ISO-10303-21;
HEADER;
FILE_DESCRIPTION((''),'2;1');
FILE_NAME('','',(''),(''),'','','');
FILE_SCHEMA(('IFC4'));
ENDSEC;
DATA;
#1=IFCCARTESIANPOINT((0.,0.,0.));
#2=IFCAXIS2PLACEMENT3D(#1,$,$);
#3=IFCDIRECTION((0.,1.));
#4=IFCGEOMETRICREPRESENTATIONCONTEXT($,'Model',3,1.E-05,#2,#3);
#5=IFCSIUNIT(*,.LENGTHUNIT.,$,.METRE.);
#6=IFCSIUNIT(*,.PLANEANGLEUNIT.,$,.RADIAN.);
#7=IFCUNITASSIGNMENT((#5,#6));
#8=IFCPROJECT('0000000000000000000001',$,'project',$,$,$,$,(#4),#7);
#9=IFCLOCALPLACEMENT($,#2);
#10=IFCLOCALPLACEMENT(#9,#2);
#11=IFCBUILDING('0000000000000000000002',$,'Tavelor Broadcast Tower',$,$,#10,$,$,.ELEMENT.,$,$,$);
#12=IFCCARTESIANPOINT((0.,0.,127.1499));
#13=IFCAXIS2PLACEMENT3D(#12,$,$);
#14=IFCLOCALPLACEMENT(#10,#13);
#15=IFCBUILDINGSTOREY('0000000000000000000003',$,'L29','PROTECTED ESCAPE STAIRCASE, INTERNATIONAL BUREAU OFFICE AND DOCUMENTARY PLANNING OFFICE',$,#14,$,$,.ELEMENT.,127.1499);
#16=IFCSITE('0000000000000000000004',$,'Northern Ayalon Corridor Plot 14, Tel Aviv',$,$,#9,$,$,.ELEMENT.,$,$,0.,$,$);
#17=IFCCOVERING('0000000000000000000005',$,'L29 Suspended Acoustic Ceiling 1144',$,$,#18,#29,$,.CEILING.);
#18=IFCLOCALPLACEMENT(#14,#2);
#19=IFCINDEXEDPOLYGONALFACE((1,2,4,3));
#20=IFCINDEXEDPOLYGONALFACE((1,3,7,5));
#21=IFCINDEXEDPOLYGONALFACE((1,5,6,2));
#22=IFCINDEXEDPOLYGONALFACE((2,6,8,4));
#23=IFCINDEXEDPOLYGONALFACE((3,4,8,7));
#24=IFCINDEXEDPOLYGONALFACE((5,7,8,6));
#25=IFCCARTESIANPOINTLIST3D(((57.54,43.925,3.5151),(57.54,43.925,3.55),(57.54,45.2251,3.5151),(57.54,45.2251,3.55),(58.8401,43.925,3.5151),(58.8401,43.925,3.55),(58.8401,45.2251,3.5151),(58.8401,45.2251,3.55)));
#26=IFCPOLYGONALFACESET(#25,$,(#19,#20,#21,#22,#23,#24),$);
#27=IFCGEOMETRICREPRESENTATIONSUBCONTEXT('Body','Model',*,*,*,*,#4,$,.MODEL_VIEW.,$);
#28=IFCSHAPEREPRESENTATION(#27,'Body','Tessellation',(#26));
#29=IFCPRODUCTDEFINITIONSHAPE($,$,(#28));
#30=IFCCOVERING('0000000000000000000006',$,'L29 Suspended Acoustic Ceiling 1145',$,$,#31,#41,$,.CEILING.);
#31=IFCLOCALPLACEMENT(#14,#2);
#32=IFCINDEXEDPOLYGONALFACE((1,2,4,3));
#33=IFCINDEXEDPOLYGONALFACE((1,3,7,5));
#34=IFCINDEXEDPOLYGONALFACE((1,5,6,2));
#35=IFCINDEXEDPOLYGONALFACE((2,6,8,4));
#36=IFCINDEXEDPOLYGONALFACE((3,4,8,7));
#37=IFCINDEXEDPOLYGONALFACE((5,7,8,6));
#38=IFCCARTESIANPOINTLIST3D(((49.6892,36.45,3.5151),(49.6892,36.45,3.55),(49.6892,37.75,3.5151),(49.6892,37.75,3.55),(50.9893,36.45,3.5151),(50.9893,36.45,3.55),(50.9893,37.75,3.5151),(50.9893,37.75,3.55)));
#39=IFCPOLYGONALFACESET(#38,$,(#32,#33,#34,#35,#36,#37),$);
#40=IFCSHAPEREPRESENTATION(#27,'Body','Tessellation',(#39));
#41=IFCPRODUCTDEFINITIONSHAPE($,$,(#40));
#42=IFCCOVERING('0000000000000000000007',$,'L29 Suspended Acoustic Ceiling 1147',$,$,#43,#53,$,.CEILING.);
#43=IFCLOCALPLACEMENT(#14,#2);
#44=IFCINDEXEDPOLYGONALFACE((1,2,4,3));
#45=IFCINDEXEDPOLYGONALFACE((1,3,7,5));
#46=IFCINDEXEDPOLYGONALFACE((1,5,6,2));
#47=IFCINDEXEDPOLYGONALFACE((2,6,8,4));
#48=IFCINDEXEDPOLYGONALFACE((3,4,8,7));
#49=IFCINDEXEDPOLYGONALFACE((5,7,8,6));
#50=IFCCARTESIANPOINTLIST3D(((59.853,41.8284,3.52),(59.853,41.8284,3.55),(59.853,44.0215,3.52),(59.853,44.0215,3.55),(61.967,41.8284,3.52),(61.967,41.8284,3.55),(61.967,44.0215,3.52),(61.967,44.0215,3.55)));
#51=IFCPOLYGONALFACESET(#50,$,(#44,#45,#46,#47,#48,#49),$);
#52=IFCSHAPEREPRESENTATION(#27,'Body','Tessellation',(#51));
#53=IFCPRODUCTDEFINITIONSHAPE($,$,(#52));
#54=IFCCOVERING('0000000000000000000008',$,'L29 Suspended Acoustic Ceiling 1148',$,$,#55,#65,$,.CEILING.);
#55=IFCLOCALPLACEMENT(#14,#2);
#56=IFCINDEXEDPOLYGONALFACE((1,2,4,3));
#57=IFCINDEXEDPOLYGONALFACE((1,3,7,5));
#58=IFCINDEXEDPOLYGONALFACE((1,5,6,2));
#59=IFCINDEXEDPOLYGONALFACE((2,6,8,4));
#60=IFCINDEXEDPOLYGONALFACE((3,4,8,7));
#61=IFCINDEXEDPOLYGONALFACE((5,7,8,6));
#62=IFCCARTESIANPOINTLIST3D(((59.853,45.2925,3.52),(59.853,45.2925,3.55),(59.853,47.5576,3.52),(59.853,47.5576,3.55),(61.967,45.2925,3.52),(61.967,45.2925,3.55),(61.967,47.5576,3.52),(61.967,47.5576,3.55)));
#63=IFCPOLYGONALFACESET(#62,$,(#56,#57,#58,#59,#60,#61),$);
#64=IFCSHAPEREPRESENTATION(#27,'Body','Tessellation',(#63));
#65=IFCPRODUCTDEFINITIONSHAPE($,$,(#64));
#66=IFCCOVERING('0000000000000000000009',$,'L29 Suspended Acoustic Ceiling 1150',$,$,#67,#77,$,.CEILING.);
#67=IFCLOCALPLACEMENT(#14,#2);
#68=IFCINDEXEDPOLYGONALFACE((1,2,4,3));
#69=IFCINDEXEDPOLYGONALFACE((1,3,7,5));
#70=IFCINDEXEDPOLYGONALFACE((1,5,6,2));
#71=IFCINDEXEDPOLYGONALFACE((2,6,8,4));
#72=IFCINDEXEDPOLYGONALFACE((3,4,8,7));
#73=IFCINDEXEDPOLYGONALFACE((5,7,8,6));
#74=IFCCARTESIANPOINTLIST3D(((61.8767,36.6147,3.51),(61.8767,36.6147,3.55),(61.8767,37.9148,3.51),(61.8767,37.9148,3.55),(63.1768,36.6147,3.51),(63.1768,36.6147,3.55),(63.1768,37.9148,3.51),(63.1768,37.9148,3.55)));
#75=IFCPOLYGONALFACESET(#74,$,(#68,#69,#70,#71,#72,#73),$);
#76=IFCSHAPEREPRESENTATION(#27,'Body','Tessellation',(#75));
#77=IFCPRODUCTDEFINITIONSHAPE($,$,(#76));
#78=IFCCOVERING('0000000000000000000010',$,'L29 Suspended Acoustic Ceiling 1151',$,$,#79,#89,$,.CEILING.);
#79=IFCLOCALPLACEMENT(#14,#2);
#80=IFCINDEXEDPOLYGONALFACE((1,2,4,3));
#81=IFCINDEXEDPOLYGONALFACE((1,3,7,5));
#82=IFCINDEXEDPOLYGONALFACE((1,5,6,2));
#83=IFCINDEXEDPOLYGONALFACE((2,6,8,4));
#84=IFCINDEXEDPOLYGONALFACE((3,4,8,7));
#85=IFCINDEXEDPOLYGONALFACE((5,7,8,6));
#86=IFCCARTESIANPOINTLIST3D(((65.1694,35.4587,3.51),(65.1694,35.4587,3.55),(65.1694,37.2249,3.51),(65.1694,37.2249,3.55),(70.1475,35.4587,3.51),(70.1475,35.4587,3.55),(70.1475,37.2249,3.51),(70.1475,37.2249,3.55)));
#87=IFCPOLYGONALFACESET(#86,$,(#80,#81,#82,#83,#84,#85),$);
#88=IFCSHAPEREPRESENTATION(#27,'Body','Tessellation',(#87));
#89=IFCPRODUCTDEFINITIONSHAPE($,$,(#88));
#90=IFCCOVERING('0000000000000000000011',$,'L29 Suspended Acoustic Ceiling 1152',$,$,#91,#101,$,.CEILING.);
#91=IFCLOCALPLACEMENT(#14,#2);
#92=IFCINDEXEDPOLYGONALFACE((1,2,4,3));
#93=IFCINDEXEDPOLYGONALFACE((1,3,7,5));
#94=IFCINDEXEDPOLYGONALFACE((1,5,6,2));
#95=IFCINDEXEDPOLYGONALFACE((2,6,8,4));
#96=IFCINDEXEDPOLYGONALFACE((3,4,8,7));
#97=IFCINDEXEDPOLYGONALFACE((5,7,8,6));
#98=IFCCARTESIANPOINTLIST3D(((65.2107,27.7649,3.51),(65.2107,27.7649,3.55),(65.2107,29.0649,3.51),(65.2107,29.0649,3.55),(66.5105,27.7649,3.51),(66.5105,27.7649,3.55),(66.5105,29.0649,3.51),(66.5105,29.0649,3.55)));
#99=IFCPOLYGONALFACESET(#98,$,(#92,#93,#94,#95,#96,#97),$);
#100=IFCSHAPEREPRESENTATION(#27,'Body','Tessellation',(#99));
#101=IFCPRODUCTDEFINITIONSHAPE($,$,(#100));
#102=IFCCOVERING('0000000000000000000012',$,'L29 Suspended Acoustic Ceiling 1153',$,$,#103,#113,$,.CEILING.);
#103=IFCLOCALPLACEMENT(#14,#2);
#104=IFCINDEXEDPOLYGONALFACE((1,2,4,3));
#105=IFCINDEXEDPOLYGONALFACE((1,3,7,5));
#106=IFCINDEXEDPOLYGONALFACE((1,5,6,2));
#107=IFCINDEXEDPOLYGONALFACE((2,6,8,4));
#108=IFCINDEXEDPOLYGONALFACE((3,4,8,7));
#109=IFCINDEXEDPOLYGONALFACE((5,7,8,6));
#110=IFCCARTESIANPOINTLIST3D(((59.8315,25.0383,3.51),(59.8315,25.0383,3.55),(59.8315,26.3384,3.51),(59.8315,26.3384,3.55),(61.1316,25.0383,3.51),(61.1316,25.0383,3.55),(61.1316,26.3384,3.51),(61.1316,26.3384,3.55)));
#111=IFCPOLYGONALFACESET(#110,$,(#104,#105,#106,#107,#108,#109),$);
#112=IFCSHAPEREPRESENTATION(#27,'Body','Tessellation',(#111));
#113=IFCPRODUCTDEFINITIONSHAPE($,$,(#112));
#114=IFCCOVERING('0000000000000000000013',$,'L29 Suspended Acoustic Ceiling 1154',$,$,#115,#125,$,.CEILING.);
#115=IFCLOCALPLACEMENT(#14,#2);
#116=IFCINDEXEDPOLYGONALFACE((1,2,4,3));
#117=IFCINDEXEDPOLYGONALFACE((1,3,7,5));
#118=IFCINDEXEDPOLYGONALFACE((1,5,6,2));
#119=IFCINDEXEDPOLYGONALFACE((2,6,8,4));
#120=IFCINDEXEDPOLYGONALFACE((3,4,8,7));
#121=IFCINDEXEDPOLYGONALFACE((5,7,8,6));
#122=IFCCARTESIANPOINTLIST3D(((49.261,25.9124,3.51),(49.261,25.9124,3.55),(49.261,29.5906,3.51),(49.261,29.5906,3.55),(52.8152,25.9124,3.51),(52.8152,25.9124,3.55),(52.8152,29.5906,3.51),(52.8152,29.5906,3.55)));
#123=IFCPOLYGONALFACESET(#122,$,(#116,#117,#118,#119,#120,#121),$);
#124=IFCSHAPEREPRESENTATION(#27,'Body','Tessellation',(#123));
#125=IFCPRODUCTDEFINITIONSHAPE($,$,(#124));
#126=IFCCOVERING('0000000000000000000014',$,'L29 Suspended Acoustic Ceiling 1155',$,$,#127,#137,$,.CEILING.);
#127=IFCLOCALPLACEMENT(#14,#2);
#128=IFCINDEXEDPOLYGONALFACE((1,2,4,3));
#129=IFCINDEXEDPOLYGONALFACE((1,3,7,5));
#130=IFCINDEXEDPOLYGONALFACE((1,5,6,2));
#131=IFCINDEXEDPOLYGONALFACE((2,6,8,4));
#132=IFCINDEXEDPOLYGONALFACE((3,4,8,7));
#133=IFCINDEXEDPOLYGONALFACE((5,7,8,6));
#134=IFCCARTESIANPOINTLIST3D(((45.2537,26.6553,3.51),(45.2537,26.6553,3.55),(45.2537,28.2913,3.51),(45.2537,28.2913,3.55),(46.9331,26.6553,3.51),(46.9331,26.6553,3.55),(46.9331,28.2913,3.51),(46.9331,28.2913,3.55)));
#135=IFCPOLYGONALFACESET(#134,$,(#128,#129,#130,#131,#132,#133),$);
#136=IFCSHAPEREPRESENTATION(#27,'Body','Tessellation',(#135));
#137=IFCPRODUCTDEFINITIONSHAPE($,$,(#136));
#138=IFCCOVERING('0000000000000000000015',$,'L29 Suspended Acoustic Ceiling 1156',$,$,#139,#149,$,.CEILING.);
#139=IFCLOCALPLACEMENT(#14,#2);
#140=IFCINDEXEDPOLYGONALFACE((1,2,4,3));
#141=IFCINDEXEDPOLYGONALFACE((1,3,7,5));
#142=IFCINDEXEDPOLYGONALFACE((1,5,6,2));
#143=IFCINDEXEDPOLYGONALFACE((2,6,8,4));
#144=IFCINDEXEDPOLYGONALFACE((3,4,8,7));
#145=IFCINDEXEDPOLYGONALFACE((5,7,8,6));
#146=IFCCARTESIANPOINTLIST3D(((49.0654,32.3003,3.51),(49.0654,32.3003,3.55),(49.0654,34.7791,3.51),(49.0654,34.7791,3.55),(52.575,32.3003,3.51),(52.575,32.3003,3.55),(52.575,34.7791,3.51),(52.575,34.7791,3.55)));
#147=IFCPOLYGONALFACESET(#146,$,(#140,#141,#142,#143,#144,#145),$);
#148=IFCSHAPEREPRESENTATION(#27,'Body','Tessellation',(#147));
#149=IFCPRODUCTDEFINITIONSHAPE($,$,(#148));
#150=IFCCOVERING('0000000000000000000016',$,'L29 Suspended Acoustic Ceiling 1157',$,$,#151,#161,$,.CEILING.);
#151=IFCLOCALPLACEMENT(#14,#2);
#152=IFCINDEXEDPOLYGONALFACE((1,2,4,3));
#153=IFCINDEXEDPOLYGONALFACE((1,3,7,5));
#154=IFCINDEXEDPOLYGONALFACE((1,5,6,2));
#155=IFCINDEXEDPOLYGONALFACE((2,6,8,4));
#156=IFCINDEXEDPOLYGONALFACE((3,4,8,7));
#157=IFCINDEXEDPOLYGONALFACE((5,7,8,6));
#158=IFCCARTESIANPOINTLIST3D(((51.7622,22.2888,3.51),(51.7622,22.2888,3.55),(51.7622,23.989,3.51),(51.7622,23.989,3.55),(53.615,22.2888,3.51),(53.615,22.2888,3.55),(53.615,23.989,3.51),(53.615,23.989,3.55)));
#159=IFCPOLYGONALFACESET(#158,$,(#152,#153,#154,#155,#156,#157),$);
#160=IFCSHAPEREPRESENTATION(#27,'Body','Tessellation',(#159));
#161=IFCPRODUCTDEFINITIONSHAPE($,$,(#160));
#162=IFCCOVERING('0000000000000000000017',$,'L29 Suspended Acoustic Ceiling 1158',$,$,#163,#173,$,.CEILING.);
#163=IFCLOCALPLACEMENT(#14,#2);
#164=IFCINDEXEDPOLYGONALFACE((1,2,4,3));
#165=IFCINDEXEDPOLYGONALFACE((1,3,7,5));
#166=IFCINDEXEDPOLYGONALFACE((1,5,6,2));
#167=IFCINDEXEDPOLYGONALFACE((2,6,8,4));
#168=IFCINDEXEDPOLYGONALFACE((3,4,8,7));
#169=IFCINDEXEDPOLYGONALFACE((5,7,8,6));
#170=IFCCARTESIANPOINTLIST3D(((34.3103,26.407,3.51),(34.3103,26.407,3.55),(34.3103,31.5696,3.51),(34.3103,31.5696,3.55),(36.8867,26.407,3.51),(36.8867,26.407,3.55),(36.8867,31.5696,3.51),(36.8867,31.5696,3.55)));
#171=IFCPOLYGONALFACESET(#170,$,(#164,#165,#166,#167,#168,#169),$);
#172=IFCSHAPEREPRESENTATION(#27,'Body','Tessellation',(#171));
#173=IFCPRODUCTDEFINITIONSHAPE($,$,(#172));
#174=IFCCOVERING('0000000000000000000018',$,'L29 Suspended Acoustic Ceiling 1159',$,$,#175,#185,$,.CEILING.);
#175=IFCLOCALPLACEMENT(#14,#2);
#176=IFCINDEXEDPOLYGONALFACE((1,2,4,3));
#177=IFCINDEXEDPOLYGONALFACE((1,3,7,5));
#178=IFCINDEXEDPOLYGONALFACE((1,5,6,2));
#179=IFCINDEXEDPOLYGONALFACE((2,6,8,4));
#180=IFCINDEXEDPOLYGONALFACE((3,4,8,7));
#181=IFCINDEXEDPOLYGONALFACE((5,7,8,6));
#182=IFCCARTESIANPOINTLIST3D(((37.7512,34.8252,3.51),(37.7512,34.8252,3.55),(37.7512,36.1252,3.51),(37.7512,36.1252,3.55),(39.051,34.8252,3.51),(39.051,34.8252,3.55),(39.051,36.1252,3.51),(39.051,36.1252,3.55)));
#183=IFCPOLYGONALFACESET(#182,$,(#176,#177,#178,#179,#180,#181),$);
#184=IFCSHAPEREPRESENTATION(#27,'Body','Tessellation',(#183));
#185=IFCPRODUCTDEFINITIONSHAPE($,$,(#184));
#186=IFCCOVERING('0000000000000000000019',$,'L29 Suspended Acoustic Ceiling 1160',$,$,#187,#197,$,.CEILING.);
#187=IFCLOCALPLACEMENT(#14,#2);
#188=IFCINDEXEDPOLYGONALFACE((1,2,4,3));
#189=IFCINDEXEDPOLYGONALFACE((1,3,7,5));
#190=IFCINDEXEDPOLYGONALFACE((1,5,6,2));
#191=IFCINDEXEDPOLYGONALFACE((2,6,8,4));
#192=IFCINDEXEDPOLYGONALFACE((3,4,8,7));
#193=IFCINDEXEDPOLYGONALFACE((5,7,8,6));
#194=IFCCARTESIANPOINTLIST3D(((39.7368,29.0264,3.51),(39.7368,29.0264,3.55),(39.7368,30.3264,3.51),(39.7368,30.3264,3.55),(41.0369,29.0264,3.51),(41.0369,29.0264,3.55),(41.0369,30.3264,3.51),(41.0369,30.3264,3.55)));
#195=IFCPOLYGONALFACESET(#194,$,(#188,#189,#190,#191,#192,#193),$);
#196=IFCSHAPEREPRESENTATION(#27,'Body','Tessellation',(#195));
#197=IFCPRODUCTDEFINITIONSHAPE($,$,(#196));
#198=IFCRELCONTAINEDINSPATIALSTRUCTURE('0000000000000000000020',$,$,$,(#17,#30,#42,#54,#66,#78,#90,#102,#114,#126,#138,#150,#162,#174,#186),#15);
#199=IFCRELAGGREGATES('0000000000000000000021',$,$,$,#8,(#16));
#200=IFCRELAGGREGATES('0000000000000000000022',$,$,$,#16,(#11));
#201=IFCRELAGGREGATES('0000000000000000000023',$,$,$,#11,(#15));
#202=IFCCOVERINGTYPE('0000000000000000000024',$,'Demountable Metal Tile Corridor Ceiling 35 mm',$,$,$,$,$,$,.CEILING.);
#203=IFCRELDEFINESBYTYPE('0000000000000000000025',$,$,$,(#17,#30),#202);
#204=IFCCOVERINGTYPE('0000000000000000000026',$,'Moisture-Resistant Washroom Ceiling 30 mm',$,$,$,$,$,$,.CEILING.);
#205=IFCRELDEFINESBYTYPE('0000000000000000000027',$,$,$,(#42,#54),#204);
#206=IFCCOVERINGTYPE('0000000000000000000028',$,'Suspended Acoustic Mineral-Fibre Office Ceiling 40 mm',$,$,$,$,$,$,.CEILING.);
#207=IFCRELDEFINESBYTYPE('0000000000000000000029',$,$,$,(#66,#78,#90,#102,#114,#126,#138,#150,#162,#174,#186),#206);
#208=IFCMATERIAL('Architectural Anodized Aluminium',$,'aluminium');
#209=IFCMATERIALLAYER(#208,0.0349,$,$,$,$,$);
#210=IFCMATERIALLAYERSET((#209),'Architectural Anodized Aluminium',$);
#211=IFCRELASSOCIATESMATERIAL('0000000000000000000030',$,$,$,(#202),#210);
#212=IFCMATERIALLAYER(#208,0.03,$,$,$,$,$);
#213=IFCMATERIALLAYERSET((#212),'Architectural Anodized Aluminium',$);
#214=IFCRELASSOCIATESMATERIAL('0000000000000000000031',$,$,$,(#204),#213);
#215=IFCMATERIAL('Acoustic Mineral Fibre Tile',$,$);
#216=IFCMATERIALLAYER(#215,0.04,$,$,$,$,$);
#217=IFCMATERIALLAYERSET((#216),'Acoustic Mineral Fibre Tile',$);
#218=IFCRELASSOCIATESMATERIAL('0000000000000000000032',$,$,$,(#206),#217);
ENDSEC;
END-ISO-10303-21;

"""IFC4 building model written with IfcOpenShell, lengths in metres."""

from ifc_helpers import new_model, si_unit, direction, frame, origin, place, context, subcontext, project, spatial, polyline, outline, extrude, material, layer, layer_set, type_object, element, save


model = new_model("IFC4")

# Units and contexts
model_context = context("Model", 3, precision=1e-05, world=origin(), true_north=direction((0.0, 1.0)))
body_context = subcontext(model_context, "Body", "Model", "MODEL_VIEW")
ifc_project = project(units=[si_unit("LENGTHUNIT", "METRE"), si_unit("PLANEANGLEUNIT", "RADIAN")], contexts=[model_context])

# Site, building, storey
site_placement = place(None, origin())
site = spatial("IfcSite", under=ifc_project, at=site_placement, Name="Northern Ayalon Corridor Plot 14, Tel Aviv", CompositionType="ELEMENT", RefElevation=0.0)
building_placement = place(site_placement, origin())
building = spatial("IfcBuilding", under=site, at=building_placement, Name="Tavelor Broadcast Tower", CompositionType="ELEMENT")
storey_placement = place(building_placement, frame((0.0, 0.0, 127.1499)))
storey = spatial("IfcBuildingStorey", under=building, at=storey_placement, Name="L29", Description="PROTECTED ESCAPE STAIRCASE, INTERNATIONAL BUREAU OFFICE AND DOCUMENTARY PLANNING OFFICE", CompositionType="ELEMENT", Elevation=127.1499)

# Coverings
ifc_material_1 = material(Name="Architectural Anodized Aluminium", Category="aluminium")
ifc_layer_1 = layer(ifc_material_1, 0.0349)
ifc_layer_set_1 = layer_set([ifc_layer_1], Name="Architectural Anodized Aluminium")
covering_type_1 = type_object("IfcCoveringType", Name="Demountable Metal Tile Corridor Ceiling 35 mm", PredefinedType="CEILING", material=ifc_layer_set_1)
covering_1_placement = place(storey_placement, frame((0.0, 0.0, 3.5151)))
element("IfcCovering", 1, at=covering_1_placement, inside=storey, type_object=covering_type_1, Name="L29 Suspended Acoustic Ceiling 1144", PredefinedType="CEILING", context=body_context, shape_type="SweptSolid", body=[
    extrude(outline(polyline([(57.54, 43.925), (58.8401, 43.925), (58.8401, 45.2251), (57.54, 45.2251), (57.54, 43.925)])), origin(), (0.0, 0.0, 1.0), 0.0349),
])
covering_2_placement = place(storey_placement, frame((0.0, 0.0, 3.5151)))
element("IfcCovering", 2, at=covering_2_placement, inside=storey, type_object=covering_type_1, Name="L29 Suspended Acoustic Ceiling 1145", PredefinedType="CEILING", context=body_context, shape_type="SweptSolid", body=[
    extrude(outline(polyline([(49.6892, 36.45), (50.9893, 36.45), (50.9893, 37.75), (49.6892, 37.75), (49.6892, 36.45)])), origin(), (0.0, 0.0, 1.0), 0.0349),
])
ifc_layer_2 = layer(ifc_material_1, 0.03)
ifc_layer_set_2 = layer_set([ifc_layer_2], Name="Architectural Anodized Aluminium")
covering_type_2 = type_object("IfcCoveringType", Name="Moisture-Resistant Washroom Ceiling 30 mm", PredefinedType="CEILING", material=ifc_layer_set_2)
covering_3_placement = place(storey_placement, frame((0.0, 0.0, 3.52)))
element("IfcCovering", 3, at=covering_3_placement, inside=storey, type_object=covering_type_2, Name="L29 Suspended Acoustic Ceiling 1147", PredefinedType="CEILING", context=body_context, shape_type="SweptSolid", body=[
    extrude(outline(polyline([(59.853, 41.8284), (61.967, 41.8284), (61.967, 44.0215), (59.853, 44.0215), (59.853, 41.8284)])), origin(), (0.0, 0.0, 1.0), 0.03),
])
covering_4_placement = place(storey_placement, frame((0.0, 0.0, 3.52)))
element("IfcCovering", 4, at=covering_4_placement, inside=storey, type_object=covering_type_2, Name="L29 Suspended Acoustic Ceiling 1148", PredefinedType="CEILING", context=body_context, shape_type="SweptSolid", body=[
    extrude(outline(polyline([(59.853, 45.2925), (61.967, 45.2925), (61.967, 47.5576), (59.853, 47.5576), (59.853, 45.2925)])), origin(), (0.0, 0.0, 1.0), 0.03),
])
ifc_material_2 = material(Name="Acoustic Mineral Fibre Tile")
ifc_layer_3 = layer(ifc_material_2, 0.04)
ifc_layer_set_3 = layer_set([ifc_layer_3], Name="Acoustic Mineral Fibre Tile")
covering_type_3 = type_object("IfcCoveringType", Name="Suspended Acoustic Mineral-Fibre Office Ceiling 40 mm", PredefinedType="CEILING", material=ifc_layer_set_3)
covering_5_placement = place(storey_placement, frame((0.0, 0.0, 3.51)))
element("IfcCovering", 5, at=covering_5_placement, inside=storey, type_object=covering_type_3, Name="L29 Suspended Acoustic Ceiling 1150", PredefinedType="CEILING", context=body_context, shape_type="SweptSolid", body=[
    extrude(outline(polyline([(61.8767, 36.6147), (63.1768, 36.6147), (63.1768, 37.9148), (61.8767, 37.9148), (61.8767, 36.6147)])), origin(), (0.0, 0.0, 1.0), 0.04),
])
covering_6_placement = place(storey_placement, frame((0.0, 0.0, 3.51)))
element("IfcCovering", 6, at=covering_6_placement, inside=storey, type_object=covering_type_3, Name="L29 Suspended Acoustic Ceiling 1151", PredefinedType="CEILING", context=body_context, shape_type="SweptSolid", body=[
    extrude(outline(polyline([(65.1694, 35.4587), (70.1475, 35.4587), (70.1475, 37.2249), (65.1694, 37.2249), (65.1694, 35.4587)])), origin(), (0.0, 0.0, 1.0), 0.04),
])
covering_7_placement = place(storey_placement, frame((0.0, 0.0, 3.51)))
element("IfcCovering", 7, at=covering_7_placement, inside=storey, type_object=covering_type_3, Name="L29 Suspended Acoustic Ceiling 1152", PredefinedType="CEILING", context=body_context, shape_type="SweptSolid", body=[
    extrude(outline(polyline([(65.2107, 27.7649), (66.5105, 27.7649), (66.5105, 29.0649), (65.2107, 29.0649), (65.2107, 27.7649)])), origin(), (0.0, 0.0, 1.0), 0.04),
])
covering_8_placement = place(storey_placement, frame((0.0, 0.0, 3.51)))
element("IfcCovering", 8, at=covering_8_placement, inside=storey, type_object=covering_type_3, Name="L29 Suspended Acoustic Ceiling 1153", PredefinedType="CEILING", context=body_context, shape_type="SweptSolid", body=[
    extrude(outline(polyline([(59.8315, 25.0383), (61.1316, 25.0383), (61.1316, 26.3384), (59.8315, 26.3384), (59.8315, 25.0383)])), origin(), (0.0, 0.0, 1.0), 0.04),
])
covering_9_placement = place(storey_placement, frame((0.0, 0.0, 3.51)))
element("IfcCovering", 9, at=covering_9_placement, inside=storey, type_object=covering_type_3, Name="L29 Suspended Acoustic Ceiling 1154", PredefinedType="CEILING", context=body_context, shape_type="SweptSolid", body=[
    extrude(outline(polyline([(49.261, 25.9124), (52.8152, 25.9124), (52.8152, 29.5906), (49.261, 29.5906), (49.261, 25.9124)])), origin(), (0.0, 0.0, 1.0), 0.04),
])
covering_10_placement = place(storey_placement, frame((0.0, 0.0, 3.51)))
element("IfcCovering", 10, at=covering_10_placement, inside=storey, type_object=covering_type_3, Name="L29 Suspended Acoustic Ceiling 1155", PredefinedType="CEILING", context=body_context, shape_type="SweptSolid", body=[
    extrude(outline(polyline([(45.2537, 26.6553), (46.9331, 26.6553), (46.9331, 28.2913), (45.2537, 28.2913), (45.2537, 26.6553)])), origin(), (0.0, 0.0, 1.0), 0.04),
])
covering_11_placement = place(storey_placement, frame((0.0, 0.0, 3.51)))
element("IfcCovering", 11, at=covering_11_placement, inside=storey, type_object=covering_type_3, Name="L29 Suspended Acoustic Ceiling 1156", PredefinedType="CEILING", context=body_context, shape_type="SweptSolid", body=[
    extrude(outline(polyline([(49.0654, 32.3003), (52.575, 32.3003), (52.575, 34.7791), (49.0654, 34.7791), (49.0654, 32.3003)])), origin(), (0.0, 0.0, 1.0), 0.04),
])
covering_12_placement = place(storey_placement, frame((0.0, 0.0, 3.51)))
element("IfcCovering", 12, at=covering_12_placement, inside=storey, type_object=covering_type_3, Name="L29 Suspended Acoustic Ceiling 1157", PredefinedType="CEILING", context=body_context, shape_type="SweptSolid", body=[
    extrude(outline(polyline([(51.7622, 22.2888), (53.615, 22.2888), (53.615, 23.989), (51.7622, 23.989), (51.7622, 22.2888)])), origin(), (0.0, 0.0, 1.0), 0.04),
])
covering_13_placement = place(storey_placement, frame((0.0, 0.0, 3.51)))
element("IfcCovering", 13, at=covering_13_placement, inside=storey, type_object=covering_type_3, Name="L29 Suspended Acoustic Ceiling 1158", PredefinedType="CEILING", context=body_context, shape_type="SweptSolid", body=[
    extrude(outline(polyline([(34.3103, 26.407), (36.8867, 26.407), (36.8867, 31.5696), (34.3103, 31.5696), (34.3103, 26.407)])), origin(), (0.0, 0.0, 1.0), 0.04),
])
covering_14_placement = place(storey_placement, frame((0.0, 0.0, 3.51)))
element("IfcCovering", 14, at=covering_14_placement, inside=storey, type_object=covering_type_3, Name="L29 Suspended Acoustic Ceiling 1159", PredefinedType="CEILING", context=body_context, shape_type="SweptSolid", body=[
    extrude(outline(polyline([(37.7512, 34.8252), (39.051, 34.8252), (39.051, 36.1252), (37.7512, 36.1252), (37.7512, 34.8252)])), origin(), (0.0, 0.0, 1.0), 0.04),
])
covering_15_placement = place(storey_placement, frame((0.0, 0.0, 3.51)))
element("IfcCovering", 15, at=covering_15_placement, inside=storey, type_object=covering_type_3, Name="L29 Suspended Acoustic Ceiling 1160", PredefinedType="CEILING", context=body_context, shape_type="SweptSolid", body=[
    extrude(outline(polyline([(39.7368, 29.0264), (41.0369, 29.0264), (41.0369, 30.3264), (39.7368, 30.3264), (39.7368, 29.0264)])), origin(), (0.0, 0.0, 1.0), 0.04),
])

save(model, "model.ifc")
